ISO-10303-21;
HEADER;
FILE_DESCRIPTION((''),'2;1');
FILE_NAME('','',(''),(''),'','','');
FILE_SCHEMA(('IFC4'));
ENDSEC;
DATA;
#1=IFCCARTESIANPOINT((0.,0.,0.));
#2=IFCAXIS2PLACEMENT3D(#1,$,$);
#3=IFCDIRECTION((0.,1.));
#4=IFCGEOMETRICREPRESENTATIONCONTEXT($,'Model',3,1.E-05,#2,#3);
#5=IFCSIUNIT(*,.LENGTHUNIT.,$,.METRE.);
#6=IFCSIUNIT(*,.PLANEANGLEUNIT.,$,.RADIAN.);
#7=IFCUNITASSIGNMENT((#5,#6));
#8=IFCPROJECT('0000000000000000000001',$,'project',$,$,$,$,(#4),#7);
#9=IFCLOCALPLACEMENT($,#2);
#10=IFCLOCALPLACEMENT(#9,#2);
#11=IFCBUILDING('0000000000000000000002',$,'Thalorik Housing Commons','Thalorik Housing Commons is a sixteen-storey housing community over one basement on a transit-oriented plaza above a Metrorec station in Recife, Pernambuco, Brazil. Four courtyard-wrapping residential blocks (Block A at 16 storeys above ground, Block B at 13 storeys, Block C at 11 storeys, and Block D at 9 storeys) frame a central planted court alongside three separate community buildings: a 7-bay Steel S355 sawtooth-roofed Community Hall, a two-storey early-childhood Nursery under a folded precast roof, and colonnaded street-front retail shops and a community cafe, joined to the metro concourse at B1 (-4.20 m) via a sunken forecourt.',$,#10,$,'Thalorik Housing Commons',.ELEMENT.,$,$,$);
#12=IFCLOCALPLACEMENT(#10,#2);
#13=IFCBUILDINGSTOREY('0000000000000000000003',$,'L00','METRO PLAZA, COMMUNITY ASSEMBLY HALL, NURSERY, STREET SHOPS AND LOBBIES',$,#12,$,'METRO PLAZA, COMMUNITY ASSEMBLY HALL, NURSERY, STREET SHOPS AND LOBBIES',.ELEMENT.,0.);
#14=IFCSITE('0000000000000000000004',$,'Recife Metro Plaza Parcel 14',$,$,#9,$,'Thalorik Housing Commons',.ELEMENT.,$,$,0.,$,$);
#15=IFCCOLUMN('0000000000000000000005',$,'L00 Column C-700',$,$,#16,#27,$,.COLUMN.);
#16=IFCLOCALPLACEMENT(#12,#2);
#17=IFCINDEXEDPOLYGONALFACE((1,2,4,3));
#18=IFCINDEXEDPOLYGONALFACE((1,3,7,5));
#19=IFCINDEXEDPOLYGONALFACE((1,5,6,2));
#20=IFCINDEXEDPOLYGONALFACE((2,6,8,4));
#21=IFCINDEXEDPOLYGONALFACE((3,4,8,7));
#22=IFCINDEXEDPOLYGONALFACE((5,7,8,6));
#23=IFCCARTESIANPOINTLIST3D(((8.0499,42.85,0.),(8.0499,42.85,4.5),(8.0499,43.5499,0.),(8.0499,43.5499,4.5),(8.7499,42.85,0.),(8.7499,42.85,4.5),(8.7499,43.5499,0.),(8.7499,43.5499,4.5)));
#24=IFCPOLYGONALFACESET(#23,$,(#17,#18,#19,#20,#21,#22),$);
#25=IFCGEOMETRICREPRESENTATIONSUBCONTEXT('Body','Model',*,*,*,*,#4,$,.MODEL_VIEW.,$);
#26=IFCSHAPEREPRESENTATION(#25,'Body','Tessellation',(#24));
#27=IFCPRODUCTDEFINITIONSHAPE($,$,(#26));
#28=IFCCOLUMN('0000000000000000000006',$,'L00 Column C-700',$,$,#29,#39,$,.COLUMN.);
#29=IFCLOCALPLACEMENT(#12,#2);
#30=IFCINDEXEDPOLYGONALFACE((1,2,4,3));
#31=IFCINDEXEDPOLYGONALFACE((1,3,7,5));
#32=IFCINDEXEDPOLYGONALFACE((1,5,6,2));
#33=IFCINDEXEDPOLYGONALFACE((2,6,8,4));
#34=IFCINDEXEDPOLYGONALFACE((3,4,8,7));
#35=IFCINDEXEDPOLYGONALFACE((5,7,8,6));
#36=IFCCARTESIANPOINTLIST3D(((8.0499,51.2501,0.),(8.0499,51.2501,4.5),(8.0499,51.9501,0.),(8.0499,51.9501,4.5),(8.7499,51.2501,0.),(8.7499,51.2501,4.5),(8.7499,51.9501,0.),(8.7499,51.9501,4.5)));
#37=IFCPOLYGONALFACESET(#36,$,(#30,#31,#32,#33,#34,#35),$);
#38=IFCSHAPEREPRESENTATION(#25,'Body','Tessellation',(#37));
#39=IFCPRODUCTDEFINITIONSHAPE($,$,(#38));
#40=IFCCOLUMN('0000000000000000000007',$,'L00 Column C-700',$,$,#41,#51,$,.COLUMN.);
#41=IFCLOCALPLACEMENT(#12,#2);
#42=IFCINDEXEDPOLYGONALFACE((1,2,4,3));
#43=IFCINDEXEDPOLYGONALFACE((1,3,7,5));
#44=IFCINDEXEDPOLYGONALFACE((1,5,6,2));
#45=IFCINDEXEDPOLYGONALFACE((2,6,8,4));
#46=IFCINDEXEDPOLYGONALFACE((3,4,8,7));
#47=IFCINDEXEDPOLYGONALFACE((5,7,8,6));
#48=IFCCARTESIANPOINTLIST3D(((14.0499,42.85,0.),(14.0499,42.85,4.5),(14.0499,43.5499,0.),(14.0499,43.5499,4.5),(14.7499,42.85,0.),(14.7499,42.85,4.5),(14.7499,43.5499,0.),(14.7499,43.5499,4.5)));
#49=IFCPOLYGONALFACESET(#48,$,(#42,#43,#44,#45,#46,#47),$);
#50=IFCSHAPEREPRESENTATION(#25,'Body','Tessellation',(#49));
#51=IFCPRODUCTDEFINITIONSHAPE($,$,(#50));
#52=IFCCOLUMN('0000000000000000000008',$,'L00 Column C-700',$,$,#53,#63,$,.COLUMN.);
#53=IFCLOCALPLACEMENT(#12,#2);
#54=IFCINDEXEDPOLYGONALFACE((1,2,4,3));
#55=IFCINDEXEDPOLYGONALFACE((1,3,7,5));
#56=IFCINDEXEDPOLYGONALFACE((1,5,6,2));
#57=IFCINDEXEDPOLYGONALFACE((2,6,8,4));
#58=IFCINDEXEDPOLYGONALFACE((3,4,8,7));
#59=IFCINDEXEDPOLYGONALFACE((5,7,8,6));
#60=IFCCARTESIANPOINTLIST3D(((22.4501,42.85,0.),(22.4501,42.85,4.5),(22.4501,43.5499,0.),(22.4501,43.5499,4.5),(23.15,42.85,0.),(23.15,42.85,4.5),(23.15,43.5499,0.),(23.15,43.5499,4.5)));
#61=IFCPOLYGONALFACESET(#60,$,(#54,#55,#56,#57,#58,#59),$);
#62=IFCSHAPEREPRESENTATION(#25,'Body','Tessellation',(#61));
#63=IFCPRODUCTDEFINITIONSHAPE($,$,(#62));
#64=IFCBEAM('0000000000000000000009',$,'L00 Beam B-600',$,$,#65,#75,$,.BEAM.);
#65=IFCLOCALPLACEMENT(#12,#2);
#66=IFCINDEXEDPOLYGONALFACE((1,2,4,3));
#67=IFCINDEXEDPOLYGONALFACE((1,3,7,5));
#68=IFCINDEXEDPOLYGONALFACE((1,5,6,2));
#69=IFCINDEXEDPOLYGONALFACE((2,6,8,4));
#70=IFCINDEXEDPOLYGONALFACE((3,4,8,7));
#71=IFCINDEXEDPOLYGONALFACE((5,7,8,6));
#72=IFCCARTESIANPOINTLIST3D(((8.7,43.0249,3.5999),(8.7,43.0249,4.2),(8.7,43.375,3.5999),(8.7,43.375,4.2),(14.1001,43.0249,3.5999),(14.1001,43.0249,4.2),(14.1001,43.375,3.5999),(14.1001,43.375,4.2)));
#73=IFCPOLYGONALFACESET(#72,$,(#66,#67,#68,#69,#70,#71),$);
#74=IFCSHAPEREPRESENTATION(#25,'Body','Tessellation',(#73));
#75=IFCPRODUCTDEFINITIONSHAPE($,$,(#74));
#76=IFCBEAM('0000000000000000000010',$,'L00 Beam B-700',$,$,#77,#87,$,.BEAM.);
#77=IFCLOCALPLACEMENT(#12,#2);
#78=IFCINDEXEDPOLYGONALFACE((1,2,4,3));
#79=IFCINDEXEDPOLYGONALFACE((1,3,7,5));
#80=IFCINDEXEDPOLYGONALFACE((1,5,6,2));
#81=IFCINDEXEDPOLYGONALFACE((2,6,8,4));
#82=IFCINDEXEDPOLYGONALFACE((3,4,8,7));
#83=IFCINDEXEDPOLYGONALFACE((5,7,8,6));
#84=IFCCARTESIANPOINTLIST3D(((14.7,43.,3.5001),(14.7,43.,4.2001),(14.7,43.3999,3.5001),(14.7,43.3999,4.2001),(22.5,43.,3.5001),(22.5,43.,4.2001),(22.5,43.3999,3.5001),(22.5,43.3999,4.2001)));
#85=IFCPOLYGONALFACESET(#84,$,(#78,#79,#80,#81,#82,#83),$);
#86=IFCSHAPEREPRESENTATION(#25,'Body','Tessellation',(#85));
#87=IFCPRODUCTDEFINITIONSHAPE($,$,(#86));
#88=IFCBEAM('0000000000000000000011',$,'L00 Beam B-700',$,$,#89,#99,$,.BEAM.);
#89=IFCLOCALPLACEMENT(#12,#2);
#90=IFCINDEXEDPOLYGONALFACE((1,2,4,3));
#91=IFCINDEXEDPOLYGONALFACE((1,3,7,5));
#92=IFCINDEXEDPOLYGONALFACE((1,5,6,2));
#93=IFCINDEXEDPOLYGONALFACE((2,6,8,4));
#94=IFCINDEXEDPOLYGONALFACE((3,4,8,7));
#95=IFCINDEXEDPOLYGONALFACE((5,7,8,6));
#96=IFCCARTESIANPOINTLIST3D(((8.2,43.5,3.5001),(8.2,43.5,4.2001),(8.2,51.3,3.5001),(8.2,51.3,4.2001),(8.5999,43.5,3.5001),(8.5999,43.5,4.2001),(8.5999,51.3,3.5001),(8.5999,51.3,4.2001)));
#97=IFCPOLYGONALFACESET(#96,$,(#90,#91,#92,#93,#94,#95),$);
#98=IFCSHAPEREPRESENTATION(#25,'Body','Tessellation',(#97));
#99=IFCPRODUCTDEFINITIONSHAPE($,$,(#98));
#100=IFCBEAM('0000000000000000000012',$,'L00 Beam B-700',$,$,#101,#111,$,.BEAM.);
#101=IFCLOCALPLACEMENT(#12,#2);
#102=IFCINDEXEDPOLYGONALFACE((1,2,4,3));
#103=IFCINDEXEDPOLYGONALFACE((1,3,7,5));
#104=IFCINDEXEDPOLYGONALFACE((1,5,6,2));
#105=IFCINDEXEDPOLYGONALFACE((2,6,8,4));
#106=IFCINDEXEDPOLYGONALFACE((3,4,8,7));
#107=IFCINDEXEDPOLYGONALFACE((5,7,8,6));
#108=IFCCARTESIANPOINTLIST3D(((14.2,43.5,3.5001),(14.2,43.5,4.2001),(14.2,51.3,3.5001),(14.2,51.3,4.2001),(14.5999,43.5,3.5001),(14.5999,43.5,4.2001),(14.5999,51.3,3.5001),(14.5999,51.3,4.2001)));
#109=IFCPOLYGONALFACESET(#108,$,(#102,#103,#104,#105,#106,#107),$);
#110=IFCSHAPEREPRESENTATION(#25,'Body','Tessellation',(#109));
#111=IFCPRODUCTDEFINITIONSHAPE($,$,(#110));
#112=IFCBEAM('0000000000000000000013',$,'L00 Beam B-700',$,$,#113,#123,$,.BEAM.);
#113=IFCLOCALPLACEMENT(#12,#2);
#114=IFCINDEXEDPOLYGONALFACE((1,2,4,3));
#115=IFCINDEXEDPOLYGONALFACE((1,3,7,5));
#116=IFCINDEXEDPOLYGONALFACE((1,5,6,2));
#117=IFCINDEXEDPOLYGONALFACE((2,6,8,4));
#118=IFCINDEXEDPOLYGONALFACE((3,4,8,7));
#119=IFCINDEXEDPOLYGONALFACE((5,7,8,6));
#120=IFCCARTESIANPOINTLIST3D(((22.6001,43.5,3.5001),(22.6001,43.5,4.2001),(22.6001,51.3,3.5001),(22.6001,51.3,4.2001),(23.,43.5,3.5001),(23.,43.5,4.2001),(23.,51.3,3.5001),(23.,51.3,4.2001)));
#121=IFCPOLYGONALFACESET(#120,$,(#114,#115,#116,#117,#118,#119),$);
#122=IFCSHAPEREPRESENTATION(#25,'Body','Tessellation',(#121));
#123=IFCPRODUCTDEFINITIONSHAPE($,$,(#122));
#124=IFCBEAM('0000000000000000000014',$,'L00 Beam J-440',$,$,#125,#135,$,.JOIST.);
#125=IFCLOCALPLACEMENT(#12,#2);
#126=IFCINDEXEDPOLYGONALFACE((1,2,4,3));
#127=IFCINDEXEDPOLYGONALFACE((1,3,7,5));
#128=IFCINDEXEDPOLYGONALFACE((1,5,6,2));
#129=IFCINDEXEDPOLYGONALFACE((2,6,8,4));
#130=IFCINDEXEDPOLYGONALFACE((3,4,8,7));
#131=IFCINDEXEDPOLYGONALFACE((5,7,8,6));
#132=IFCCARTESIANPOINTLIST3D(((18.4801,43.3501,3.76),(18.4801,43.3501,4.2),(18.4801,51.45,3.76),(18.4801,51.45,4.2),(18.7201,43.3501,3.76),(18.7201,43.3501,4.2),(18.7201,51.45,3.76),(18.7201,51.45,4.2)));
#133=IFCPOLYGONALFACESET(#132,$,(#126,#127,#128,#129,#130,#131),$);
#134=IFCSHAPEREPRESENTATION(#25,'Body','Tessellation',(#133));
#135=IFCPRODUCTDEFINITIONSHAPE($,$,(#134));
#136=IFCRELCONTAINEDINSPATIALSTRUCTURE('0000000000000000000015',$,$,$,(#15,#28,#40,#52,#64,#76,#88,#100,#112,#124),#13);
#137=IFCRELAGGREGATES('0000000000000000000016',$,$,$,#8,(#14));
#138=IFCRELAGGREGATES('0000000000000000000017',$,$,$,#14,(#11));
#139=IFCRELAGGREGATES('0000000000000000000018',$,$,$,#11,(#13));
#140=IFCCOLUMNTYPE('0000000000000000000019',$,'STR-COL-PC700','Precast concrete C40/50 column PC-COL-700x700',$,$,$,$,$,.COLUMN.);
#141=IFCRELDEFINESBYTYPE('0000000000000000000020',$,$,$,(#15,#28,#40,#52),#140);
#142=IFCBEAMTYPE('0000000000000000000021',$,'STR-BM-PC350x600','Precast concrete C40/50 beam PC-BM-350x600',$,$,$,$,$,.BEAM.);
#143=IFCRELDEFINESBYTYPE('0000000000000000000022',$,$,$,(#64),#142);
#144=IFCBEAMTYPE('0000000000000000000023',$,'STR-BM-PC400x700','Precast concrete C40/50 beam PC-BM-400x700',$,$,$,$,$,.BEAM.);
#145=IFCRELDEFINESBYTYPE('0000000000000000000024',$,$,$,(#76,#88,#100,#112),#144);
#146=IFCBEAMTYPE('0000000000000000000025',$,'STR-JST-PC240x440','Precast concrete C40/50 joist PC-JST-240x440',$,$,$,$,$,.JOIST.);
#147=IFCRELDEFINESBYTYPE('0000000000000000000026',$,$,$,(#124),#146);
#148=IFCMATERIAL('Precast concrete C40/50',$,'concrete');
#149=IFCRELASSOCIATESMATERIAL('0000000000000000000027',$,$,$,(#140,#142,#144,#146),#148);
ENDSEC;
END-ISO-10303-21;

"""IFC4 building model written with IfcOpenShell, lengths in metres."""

from ifc_helpers import new_model, si_unit, direction, frame, origin, origin_2d, place, context, subcontext, project, spatial, rectangle, extrude, material, material_profile, profile_set, type_object, element, save


model = new_model("IFC4")

# Units and contexts
model_context = context("Model", 3, precision=1e-05, world=origin(), true_north=direction((0.0, 1.0)))
body_context = subcontext(model_context, "Body", "Model", "MODEL_VIEW")
ifc_project = project(units=[si_unit("LENGTHUNIT", "METRE"), si_unit("PLANEANGLEUNIT", "RADIAN")], contexts=[model_context])

# Site, building, storey
site_placement = place(None, origin())
site = spatial("IfcSite", under=ifc_project, at=site_placement, Name="Recife Metro Plaza Parcel 14", LongName="Thalorik Housing Commons", CompositionType="ELEMENT", RefElevation=0.0)
building_placement = place(site_placement, origin())
building = spatial("IfcBuilding", under=site, at=building_placement, Name="Thalorik Housing Commons", Description="Thalorik Housing Commons is a sixteen-storey housing community over one basement on a transit-oriented plaza above a Metrorec station in Recife, Pernambuco, Brazil. Four courtyard-wrapping residential blocks (Block A at 16 storeys above ground, Block B at 13 storeys, Block C at 11 storeys, and Block D at 9 storeys) frame a central planted court alongside three separate community buildings: a 7-bay Steel S355 sawtooth-roofed Community Hall, a two-storey early-childhood Nursery under a folded precast roof, and colonnaded street-front retail shops and a community cafe, joined to the metro concourse at B1 (-4.20 m) via a sunken forecourt.", LongName="Thalorik Housing Commons", CompositionType="ELEMENT")
storey_placement = place(building_placement, origin())
storey = spatial("IfcBuildingStorey", under=building, at=storey_placement, Name="L00", Description="METRO PLAZA, COMMUNITY ASSEMBLY HALL, NURSERY, STREET SHOPS AND LOBBIES", LongName="METRO PLAZA, COMMUNITY ASSEMBLY HALL, NURSERY, STREET SHOPS AND LOBBIES", CompositionType="ELEMENT", Elevation=0.0)

# Columns
ifc_material_1 = material(Name="Precast concrete C40/50", Category="concrete")
ifc_material_profile_1 = material_profile(ifc_material_1, rectangle(XDim=0.7, YDim=0.7, at=origin_2d()), Name="PC 700x700", Category="concrete")
ifc_profile_set_1 = profile_set([ifc_material_profile_1], Name="Precast concrete C40/50")
column_type = type_object("IfcColumnType", Name="STR-COL-PC700", Description="Precast concrete C40/50 column PC-COL-700x700", PredefinedType="COLUMN", material=ifc_profile_set_1)
for number, where, z_axis, x_axis, name in (
    (1, (8.3999, 43.2, 0.0), (0.0, 0.0, 1.0), (1.0, 0.0, 0.0), "L00 Column C-700"),
    (2, (8.3999, 51.6001, 0.0), (0.0, 0.0, 1.0), (1.0, 0.0, 0.0), "L00 Column C-700"),
    (3, (14.3999, 43.2, 0.0), (0.0, 0.0, 1.0), (1.0, 0.0, 0.0), "L00 Column C-700"),
    (4, (22.8, 43.2, 0.0), (0.0, 0.0, 1.0), (1.0, 0.0, 0.0), "L00 Column C-700"),
):
    element("IfcColumn", number, at=place(storey_placement, frame(where, z_axis=z_axis, x_axis=x_axis)), inside=storey, type_object=column_type, Name=name, PredefinedType="COLUMN", context=body_context, shape_type="SweptSolid", body=[
        extrude(rectangle(XDim=0.7, YDim=0.7, at=origin_2d()), origin(), (0.0, 0.0, 1.0), 4.5),
    ])

# Beams
ifc_material_profile_2 = material_profile(ifc_material_1, rectangle(XDim=0.3501, YDim=0.6001, at=origin_2d()), Name="PC 350x600", Category="concrete")
ifc_profile_set_2 = profile_set([ifc_material_profile_2], Name="Precast concrete C40/50")
beam_type_1 = type_object("IfcBeamType", Name="STR-BM-PC350x600", Description="Precast concrete C40/50 beam PC-BM-350x600", PredefinedType="BEAM", material=ifc_profile_set_2)
beam_1_placement = place(storey_placement, frame((8.7, 43.2, 3.8999), z_axis=(1.0, 0.0, 0.0), x_axis=(0.0, 1.0, 0.0)))
element("IfcBeam", 5, at=beam_1_placement, inside=storey, type_object=beam_type_1, Name="L00 Beam B-600", PredefinedType="BEAM", context=body_context, shape_type="SweptSolid", body=[
    extrude(rectangle(XDim=0.3501, YDim=0.6001, at=origin_2d()), origin(), (0.0, 0.0, 1.0), 5.4001),
])
ifc_material_profile_3 = material_profile(ifc_material_1, rectangle(XDim=0.3999, YDim=0.7, at=origin_2d()), Name="PC 400x700", Category="concrete")
ifc_profile_set_3 = profile_set([ifc_material_profile_3], Name="Precast concrete C40/50")
beam_type_2 = type_object("IfcBeamType", Name="STR-BM-PC400x700", Description="Precast concrete C40/50 beam PC-BM-400x700", PredefinedType="BEAM", material=ifc_profile_set_3)
for number, where, z_axis, x_axis, name in (
    (6, (14.7, 43.2, 3.8501), (1.0, 0.0, 0.0), (0.0, 1.0, 0.0), "L00 Beam B-700"),
    (7, (8.3999, 43.5, 3.8501), (0.0, 1.0, 0.0), (-1.0, 0.0, 0.0), "L00 Beam B-700"),
    (8, (14.3999, 43.5, 3.8501), (0.0, 1.0, 0.0), (-1.0, 0.0, 0.0), "L00 Beam B-700"),
    (9, (22.8, 43.5, 3.8501), (0.0, 1.0, 0.0), (-1.0, 0.0, 0.0), "L00 Beam B-700"),
):
    element("IfcBeam", number, at=place(storey_placement, frame(where, z_axis=z_axis, x_axis=x_axis)), inside=storey, type_object=beam_type_2, Name=name, PredefinedType="BEAM", context=body_context, shape_type="SweptSolid", body=[
        extrude(rectangle(XDim=0.3999, YDim=0.7, at=origin_2d()), origin(), (0.0, 0.0, 1.0), 7.8),
    ])
ifc_material_profile_4 = material_profile(ifc_material_1, rectangle(XDim=0.24, YDim=0.4399, at=origin_2d()), Name="PC JST 240x440", Category="concrete")
ifc_profile_set_4 = profile_set([ifc_material_profile_4], Name="Precast concrete C40/50")
beam_type_3 = type_object("IfcBeamType", Name="STR-JST-PC240x440", Description="Precast concrete C40/50 joist PC-JST-240x440", PredefinedType="JOIST", material=ifc_profile_set_4)
beam_2_placement = place(storey_placement, frame((18.6001, 43.3501, 3.98), z_axis=(0.0, 1.0, 0.0), x_axis=(-1.0, 0.0, 0.0)))
element("IfcBeam", 10, at=beam_2_placement, inside=storey, type_object=beam_type_3, Name="L00 Beam J-440", PredefinedType="JOIST", context=body_context, shape_type="SweptSolid", body=[
    extrude(rectangle(XDim=0.24, YDim=0.4399, at=origin_2d()), origin(), (0.0, 0.0, 1.0), 8.0999),
])

save(model, "model.ifc")
